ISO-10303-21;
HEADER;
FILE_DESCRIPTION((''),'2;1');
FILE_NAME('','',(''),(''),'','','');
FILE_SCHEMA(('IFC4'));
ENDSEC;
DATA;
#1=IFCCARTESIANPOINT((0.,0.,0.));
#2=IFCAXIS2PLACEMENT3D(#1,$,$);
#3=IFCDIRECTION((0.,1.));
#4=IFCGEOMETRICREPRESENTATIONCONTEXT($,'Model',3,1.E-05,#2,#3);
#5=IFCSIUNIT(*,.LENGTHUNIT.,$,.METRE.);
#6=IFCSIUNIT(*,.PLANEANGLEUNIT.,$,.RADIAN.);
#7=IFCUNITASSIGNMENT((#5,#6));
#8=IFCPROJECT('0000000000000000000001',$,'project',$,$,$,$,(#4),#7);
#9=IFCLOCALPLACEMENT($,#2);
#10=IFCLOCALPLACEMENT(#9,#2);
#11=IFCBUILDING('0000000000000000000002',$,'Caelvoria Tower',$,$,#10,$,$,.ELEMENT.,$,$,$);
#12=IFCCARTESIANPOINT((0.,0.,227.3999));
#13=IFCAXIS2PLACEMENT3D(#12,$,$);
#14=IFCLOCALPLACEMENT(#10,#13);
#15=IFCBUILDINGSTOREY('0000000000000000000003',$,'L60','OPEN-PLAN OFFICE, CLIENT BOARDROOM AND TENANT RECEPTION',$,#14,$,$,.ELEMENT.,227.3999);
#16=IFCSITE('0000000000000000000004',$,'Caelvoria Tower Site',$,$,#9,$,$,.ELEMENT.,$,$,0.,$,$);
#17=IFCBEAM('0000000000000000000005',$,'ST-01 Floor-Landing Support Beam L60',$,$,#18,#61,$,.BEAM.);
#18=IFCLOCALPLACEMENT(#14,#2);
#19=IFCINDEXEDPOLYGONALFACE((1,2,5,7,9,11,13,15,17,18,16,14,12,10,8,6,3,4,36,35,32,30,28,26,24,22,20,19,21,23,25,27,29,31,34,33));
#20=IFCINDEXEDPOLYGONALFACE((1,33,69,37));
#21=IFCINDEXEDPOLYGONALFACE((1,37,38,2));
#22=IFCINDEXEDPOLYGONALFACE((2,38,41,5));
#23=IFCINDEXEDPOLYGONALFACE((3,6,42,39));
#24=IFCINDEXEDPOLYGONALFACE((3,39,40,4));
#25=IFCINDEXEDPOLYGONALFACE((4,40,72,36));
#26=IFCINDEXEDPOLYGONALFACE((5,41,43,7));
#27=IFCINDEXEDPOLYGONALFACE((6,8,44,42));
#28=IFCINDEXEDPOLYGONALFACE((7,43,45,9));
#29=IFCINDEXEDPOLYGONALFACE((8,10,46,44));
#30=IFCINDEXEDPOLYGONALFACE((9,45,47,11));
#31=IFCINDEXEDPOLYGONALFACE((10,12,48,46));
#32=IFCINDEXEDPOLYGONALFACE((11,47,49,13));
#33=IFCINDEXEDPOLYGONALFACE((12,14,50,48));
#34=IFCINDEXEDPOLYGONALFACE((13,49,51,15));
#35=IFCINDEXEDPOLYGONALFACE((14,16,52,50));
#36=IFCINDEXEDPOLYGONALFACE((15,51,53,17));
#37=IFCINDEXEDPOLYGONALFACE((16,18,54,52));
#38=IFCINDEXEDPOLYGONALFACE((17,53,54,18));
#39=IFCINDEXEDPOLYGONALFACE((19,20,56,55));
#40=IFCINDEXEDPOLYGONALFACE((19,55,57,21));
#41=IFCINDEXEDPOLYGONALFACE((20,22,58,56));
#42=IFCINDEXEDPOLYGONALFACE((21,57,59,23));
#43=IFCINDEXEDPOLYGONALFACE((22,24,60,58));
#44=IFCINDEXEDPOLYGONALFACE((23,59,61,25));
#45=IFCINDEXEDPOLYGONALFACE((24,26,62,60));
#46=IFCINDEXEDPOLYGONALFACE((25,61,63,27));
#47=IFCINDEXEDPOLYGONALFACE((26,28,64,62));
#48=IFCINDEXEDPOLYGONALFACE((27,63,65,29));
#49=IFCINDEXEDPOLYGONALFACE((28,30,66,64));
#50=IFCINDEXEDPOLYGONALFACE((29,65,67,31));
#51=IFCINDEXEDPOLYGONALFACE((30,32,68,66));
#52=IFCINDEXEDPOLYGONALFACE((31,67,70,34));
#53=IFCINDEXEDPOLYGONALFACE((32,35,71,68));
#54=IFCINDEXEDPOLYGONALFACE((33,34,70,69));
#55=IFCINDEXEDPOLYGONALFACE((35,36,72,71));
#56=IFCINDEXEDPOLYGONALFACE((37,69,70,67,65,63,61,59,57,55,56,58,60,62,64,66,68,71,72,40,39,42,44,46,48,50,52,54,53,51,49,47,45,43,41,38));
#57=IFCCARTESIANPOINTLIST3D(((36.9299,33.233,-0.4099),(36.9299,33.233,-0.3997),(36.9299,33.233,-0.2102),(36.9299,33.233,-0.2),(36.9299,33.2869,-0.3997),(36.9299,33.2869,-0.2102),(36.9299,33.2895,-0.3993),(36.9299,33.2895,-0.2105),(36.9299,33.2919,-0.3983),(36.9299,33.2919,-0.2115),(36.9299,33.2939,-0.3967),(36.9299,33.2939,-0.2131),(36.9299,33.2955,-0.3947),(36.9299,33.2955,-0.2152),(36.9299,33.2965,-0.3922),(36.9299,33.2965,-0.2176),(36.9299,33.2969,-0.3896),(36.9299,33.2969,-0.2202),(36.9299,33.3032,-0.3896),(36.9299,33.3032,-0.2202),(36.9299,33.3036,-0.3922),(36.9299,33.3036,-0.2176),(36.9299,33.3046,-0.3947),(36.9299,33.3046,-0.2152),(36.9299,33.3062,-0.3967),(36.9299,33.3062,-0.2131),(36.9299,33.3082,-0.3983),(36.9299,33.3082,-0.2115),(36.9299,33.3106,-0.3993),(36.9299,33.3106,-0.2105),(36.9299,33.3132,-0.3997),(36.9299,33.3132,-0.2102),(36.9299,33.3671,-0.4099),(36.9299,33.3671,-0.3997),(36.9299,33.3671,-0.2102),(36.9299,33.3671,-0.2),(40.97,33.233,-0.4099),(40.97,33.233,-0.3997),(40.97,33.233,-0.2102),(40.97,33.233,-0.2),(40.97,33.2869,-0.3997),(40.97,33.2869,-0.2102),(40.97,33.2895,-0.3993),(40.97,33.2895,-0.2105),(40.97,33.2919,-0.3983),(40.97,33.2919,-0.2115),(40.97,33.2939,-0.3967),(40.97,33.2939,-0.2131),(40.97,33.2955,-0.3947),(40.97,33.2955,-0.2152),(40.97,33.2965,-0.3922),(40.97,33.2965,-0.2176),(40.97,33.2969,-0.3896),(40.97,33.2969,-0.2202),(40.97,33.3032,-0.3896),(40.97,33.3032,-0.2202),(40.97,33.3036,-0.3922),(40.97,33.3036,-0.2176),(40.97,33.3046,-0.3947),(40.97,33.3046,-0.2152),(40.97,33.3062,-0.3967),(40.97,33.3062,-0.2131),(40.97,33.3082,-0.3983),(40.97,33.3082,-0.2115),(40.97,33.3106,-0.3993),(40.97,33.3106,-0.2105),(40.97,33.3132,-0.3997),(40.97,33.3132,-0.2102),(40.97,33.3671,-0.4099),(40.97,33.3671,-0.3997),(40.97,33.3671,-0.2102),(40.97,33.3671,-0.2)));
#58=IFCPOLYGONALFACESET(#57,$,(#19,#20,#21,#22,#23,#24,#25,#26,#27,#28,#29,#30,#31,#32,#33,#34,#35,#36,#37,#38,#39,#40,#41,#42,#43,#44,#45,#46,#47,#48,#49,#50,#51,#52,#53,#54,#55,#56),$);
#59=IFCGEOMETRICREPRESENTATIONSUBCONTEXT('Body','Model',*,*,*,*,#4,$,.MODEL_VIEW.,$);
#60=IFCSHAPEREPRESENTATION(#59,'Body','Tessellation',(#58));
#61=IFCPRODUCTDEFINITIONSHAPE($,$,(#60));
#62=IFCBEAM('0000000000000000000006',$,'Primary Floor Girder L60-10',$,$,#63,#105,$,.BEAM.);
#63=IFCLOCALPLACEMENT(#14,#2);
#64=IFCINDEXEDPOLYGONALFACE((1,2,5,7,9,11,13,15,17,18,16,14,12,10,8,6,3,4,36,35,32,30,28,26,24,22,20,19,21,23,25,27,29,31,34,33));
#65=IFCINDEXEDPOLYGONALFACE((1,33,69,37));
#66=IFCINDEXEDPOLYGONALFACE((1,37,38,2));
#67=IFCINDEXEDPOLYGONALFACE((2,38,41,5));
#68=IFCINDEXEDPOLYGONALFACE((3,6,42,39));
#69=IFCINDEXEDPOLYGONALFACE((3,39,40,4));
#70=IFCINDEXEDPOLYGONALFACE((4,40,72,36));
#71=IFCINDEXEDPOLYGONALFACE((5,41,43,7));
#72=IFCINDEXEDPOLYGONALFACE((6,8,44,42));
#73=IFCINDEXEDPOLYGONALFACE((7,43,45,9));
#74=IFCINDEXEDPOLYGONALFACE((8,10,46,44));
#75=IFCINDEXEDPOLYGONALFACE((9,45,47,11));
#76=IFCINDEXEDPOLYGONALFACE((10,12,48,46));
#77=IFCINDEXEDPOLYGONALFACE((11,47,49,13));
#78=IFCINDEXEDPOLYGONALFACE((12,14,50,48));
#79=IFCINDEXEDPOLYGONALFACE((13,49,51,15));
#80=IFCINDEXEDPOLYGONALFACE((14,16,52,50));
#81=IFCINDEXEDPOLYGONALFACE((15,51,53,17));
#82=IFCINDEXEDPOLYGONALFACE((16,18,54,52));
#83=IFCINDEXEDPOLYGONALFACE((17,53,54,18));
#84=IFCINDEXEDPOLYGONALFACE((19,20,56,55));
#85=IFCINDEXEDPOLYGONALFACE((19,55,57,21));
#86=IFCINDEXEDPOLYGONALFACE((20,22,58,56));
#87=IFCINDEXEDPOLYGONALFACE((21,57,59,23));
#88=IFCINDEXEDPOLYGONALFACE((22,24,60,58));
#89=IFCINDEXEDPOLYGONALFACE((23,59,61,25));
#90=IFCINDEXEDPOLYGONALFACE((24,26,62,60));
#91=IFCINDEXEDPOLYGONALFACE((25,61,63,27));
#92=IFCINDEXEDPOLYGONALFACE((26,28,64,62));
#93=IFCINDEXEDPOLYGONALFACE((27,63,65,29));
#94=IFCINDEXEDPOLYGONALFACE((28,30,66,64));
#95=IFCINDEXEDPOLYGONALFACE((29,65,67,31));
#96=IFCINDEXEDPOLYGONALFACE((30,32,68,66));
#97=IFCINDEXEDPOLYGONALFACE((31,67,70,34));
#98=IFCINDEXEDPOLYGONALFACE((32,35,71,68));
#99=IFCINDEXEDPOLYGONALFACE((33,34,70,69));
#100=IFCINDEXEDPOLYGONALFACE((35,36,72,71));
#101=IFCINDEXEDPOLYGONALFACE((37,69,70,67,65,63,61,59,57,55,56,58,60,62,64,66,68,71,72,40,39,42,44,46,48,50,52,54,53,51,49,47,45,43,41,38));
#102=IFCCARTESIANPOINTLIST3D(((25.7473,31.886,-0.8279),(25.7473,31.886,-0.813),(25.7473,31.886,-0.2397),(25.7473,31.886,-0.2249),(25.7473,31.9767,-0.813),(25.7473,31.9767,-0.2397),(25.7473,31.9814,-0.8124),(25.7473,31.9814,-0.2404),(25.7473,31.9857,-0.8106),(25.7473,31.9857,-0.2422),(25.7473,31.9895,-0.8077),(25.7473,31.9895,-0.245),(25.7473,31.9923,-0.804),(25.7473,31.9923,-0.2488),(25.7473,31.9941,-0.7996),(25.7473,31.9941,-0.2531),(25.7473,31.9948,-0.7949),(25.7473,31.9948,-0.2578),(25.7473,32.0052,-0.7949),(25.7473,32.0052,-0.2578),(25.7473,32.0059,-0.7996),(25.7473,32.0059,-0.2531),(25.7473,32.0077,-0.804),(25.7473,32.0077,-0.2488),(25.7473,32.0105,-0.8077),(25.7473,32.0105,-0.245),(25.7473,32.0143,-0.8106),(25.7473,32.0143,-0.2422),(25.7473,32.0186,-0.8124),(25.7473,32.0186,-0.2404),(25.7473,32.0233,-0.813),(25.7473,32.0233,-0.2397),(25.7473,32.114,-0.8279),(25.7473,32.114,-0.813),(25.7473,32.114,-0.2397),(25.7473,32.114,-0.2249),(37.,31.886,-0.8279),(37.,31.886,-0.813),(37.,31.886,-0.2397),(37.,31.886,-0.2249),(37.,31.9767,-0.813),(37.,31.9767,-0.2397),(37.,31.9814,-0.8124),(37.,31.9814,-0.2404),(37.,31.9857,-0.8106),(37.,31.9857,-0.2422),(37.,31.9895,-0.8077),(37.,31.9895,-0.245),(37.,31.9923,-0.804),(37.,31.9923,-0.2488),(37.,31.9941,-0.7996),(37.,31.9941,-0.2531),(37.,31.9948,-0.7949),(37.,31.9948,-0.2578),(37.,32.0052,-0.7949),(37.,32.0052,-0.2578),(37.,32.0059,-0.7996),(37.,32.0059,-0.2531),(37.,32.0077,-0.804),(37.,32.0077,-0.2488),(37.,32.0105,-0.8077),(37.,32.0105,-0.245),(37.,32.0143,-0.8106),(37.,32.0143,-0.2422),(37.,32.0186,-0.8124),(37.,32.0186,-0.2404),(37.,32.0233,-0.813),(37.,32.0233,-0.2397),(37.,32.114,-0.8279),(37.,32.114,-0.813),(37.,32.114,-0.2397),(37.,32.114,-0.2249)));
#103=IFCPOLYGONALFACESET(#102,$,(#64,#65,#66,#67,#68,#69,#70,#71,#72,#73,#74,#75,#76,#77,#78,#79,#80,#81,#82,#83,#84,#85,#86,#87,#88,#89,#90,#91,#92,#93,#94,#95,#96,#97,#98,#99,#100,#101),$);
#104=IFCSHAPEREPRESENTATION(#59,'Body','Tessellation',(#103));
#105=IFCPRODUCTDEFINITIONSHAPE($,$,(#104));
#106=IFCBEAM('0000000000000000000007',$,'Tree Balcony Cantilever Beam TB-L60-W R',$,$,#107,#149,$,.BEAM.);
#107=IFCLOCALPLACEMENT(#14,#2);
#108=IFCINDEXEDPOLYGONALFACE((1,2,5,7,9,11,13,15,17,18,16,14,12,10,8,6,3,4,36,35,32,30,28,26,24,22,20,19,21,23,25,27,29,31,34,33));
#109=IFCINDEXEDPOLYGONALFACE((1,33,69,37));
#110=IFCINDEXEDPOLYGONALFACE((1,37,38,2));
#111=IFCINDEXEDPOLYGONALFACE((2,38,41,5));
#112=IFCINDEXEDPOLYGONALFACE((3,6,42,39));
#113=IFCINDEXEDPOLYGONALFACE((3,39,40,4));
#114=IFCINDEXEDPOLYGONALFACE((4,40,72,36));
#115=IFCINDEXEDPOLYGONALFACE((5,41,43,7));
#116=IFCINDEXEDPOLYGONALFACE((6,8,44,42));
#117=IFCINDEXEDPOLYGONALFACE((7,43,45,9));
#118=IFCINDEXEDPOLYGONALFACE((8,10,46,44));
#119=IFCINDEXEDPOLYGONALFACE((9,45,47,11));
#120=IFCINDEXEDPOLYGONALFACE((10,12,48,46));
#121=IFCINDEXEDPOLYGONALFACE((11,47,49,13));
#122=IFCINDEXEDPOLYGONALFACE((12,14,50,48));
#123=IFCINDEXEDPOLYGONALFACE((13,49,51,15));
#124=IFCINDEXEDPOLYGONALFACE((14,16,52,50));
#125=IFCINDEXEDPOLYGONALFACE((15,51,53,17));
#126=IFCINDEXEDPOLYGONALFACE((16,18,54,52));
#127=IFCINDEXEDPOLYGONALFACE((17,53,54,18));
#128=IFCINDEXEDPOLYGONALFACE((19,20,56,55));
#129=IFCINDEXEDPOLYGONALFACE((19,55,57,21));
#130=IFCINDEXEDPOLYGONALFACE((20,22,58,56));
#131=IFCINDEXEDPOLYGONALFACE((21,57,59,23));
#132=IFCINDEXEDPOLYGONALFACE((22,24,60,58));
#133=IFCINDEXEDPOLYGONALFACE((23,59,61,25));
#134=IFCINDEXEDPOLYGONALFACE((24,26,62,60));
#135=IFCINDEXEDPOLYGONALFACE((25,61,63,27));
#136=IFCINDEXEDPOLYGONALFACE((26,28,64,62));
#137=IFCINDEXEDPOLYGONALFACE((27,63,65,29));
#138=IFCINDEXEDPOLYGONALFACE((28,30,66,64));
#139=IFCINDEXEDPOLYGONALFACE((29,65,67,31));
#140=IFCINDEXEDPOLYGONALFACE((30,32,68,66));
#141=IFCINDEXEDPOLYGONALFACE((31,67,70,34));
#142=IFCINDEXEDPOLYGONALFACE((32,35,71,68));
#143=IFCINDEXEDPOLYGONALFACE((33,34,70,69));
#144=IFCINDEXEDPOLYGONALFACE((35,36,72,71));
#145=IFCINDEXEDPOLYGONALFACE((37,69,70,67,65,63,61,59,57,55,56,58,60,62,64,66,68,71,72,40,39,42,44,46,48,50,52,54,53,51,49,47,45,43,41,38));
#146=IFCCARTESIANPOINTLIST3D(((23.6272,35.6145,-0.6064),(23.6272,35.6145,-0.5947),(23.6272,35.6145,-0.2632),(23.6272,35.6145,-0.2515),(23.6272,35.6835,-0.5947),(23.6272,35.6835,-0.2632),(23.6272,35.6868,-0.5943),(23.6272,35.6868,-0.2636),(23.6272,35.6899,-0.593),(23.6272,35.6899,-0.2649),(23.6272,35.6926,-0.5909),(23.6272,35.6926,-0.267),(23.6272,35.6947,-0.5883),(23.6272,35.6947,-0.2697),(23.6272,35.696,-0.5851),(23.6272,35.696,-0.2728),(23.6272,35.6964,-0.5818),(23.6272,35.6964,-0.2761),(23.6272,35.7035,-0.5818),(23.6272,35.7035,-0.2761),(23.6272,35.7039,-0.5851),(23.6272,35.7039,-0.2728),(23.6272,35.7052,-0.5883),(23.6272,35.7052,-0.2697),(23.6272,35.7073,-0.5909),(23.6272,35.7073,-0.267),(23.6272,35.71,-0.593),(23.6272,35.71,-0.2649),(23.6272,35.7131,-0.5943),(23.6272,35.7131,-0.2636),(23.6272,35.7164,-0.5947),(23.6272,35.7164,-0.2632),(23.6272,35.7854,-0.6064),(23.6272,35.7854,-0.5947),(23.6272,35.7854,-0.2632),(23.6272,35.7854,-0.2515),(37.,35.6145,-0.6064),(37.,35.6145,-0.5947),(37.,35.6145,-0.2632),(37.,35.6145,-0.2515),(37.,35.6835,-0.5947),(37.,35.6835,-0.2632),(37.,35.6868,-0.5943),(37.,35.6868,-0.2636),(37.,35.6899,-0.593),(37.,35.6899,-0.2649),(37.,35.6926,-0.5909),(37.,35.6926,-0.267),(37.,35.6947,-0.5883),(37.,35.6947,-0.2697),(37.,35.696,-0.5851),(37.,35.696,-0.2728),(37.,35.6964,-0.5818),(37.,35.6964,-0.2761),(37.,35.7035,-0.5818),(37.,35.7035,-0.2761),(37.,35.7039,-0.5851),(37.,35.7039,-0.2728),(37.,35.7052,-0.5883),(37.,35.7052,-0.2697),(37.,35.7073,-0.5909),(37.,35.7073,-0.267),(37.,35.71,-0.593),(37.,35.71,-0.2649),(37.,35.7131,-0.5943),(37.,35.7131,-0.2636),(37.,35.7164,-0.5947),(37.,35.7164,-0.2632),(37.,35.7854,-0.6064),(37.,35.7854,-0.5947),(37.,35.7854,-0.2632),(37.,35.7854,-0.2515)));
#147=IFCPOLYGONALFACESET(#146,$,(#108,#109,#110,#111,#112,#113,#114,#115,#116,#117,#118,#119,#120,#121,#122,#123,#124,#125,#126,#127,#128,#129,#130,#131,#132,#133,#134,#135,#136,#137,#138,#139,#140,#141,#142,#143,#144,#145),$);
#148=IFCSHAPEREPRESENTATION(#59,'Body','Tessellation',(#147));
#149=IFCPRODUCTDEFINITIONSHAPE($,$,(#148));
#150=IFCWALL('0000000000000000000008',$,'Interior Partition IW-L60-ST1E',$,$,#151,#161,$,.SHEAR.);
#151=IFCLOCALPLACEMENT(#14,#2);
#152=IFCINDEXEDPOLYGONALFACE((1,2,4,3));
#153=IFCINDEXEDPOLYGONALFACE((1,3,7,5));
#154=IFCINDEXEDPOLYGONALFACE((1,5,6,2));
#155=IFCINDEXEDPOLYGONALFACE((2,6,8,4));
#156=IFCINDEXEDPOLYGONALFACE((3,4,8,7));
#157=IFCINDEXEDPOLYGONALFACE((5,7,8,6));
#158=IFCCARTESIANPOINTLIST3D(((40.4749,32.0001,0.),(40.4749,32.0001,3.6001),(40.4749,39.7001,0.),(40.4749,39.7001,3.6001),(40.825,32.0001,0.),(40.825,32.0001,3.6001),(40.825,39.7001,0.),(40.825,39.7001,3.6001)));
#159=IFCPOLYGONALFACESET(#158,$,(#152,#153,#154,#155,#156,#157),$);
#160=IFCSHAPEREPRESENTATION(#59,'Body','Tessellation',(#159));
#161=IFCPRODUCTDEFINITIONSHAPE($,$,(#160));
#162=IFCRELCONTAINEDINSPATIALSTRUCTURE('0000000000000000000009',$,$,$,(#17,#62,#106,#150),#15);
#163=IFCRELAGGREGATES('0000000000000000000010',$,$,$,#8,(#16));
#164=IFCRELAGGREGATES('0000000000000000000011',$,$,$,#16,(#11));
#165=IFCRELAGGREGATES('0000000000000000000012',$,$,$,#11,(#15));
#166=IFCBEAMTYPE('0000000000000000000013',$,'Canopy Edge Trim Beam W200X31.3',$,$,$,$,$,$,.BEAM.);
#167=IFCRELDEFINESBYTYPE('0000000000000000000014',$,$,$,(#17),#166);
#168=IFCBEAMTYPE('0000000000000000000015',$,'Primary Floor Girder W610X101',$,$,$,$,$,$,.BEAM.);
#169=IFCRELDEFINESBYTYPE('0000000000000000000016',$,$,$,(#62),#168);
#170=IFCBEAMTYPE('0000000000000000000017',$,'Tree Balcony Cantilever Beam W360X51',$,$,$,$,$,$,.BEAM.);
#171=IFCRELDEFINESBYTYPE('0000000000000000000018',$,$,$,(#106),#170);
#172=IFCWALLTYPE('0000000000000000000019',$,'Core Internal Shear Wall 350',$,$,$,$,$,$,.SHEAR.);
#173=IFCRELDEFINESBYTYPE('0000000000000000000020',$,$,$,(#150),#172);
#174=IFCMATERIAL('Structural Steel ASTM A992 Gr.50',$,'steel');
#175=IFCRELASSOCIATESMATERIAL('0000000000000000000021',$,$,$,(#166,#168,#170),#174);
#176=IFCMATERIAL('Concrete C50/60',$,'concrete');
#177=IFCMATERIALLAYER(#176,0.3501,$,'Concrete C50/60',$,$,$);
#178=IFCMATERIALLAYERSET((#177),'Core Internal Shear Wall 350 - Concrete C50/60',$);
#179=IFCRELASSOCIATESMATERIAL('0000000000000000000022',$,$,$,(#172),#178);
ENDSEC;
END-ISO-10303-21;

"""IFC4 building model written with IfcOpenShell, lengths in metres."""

from ifc_helpers import new_model, si_unit, direction, frame, frame_2d, origin, origin_2d, place, context, subcontext, project, spatial, rectangle, i_section, extrude, material, layer, layer_set, material_profile, profile_set, type_object, element, save


model = new_model("IFC4")

# Units and contexts
model_context = context("Model", 3, precision=1e-05, world=origin(), true_north=direction((0.0, 1.0)))
body_context = subcontext(model_context, "Body", "Model", "MODEL_VIEW")
ifc_project = project(units=[si_unit("LENGTHUNIT", "METRE"), si_unit("PLANEANGLEUNIT", "RADIAN")], contexts=[model_context])

# Site, building, storey
site_placement = place(None, origin())
site = spatial("IfcSite", under=ifc_project, at=site_placement, Name="Caelvoria Tower Site", CompositionType="ELEMENT", RefElevation=0.0)
building_placement = place(site_placement, origin())
building = spatial("IfcBuilding", under=site, at=building_placement, Name="Caelvoria Tower", CompositionType="ELEMENT")
storey_placement = place(building_placement, frame((0.0, 0.0, 227.3999)))
storey = spatial("IfcBuildingStorey", under=building, at=storey_placement, Name="L60", Description="OPEN-PLAN OFFICE, CLIENT BOARDROOM AND TENANT RECEPTION", CompositionType="ELEMENT", Elevation=227.3999)

# Beams
ifc_material_1 = material(Name="Structural Steel ASTM A992 Gr.50", Category="steel")
ifc_material_profile_1 = material_profile(ifc_material_1, i_section(OverallWidth=0.134, OverallDepth=0.21, WebThickness=0.0063, FlangeThickness=0.0103, FilletRadius=0.01, at=origin_2d()), Name="Structural Steel ASTM A992 Gr.50")
ifc_profile_set_1 = profile_set([ifc_material_profile_1], Name="W200X31.3 - Structural Steel ASTM A992 Gr.50")
beam_type_1 = type_object("IfcBeamType", Name="Canopy Edge Trim Beam W200X31.3", PredefinedType="BEAM", material=ifc_profile_set_1)
beam_1_placement = place(storey_placement, frame((36.9299, 33.3, -0.3049), z_axis=(1.0, 0.0, 0.0), x_axis=(0.0, 1.0, 0.0)))
element("IfcBeam", 1, at=beam_1_placement, inside=storey, type_object=beam_type_1, Name="ST-01 Floor-Landing Support Beam L60", PredefinedType="BEAM", context=body_context, shape_type="SweptSolid", body=[
    extrude(i_section(OverallWidth=0.134, OverallDepth=0.21, WebThickness=0.0063, FlangeThickness=0.0103, FilletRadius=0.01, at=origin_2d()), origin(), (0.0, 0.0, 1.0), 4.04),
])
ifc_material_profile_2 = material_profile(ifc_material_1, i_section(OverallWidth=0.228, OverallDepth=0.603, WebThickness=0.0105, FlangeThickness=0.0149, FilletRadius=0.0181, at=origin_2d()), Name="Structural Steel ASTM A992 Gr.50")
ifc_profile_set_2 = profile_set([ifc_material_profile_2], Name="W610X101 - Structural Steel ASTM A992 Gr.50")
beam_type_2 = type_object("IfcBeamType", Name="Primary Floor Girder W610X101", PredefinedType="BEAM", material=ifc_profile_set_2)
beam_2_placement = place(storey_placement, frame((37.0, 32.0, -0.5264), z_axis=(-1.0, 0.0, 0.0), x_axis=(0.0, -1.0, 0.0)))
element("IfcBeam", 2, at=beam_2_placement, inside=storey, type_object=beam_type_2, Name="Primary Floor Girder L60-10", PredefinedType="BEAM", context=body_context, shape_type="SweptSolid", body=[
    extrude(i_section(OverallWidth=0.228, OverallDepth=0.603, WebThickness=0.0105, FlangeThickness=0.0149, FilletRadius=0.0181, at=origin_2d()), origin(), (0.0, 0.0, 1.0), 11.2527),
])
ifc_material_profile_3 = material_profile(ifc_material_1, i_section(OverallWidth=0.1709, OverallDepth=0.355, WebThickness=0.0071, FlangeThickness=0.0117, FilletRadius=0.0129, at=origin_2d()), Name="Structural Steel ASTM A992 Gr.50")
ifc_profile_set_3 = profile_set([ifc_material_profile_3], Name="W360X51 - Structural Steel ASTM A992 Gr.50")
beam_type_3 = type_object("IfcBeamType", Name="Tree Balcony Cantilever Beam W360X51", PredefinedType="BEAM", material=ifc_profile_set_3)
beam_3_placement = place(storey_placement, frame((37.0, 35.7, -0.429), z_axis=(-1.0, 0.0, 0.0), x_axis=(0.0, -1.0, 0.0)))
element("IfcBeam", 3, at=beam_3_placement, inside=storey, type_object=beam_type_3, Name="Tree Balcony Cantilever Beam TB-L60-W R", PredefinedType="BEAM", context=body_context, shape_type="SweptSolid", body=[
    extrude(i_section(OverallWidth=0.1709, OverallDepth=0.355, WebThickness=0.0071, FlangeThickness=0.0117, FilletRadius=0.0129, at=origin_2d()), origin(), (0.0, 0.0, 1.0), 13.3728),
])

# Shared definitions
ifc_material_2 = material(Name="Concrete C50/60", Category="concrete")
ifc_layer_1 = layer(ifc_material_2, 0.3501, Name="Concrete C50/60")
ifc_layer_set_1 = layer_set([ifc_layer_1], Name="Core Internal Shear Wall 350 - Concrete C50/60")
wall_type_1 = type_object("IfcWallType", Name="Core Internal Shear Wall 350", PredefinedType="SHEAR", material=ifc_layer_set_1)

# Wall
wall_1_placement = place(storey_placement, frame((40.6499, 32.0, 0.0), z_axis=(0.0, 0.0, 1.0), x_axis=(0.0, 1.0, 0.0)))
element("IfcWall", 4, at=wall_1_placement, inside=storey, type_object=wall_type_1, Name="Interior Partition IW-L60-ST1E", PredefinedType="SHEAR", context=body_context, shape_type="SweptSolid", body=[
    extrude(rectangle(XDim=7.7, YDim=0.3501, at=frame_2d((3.8501, 0.0))), origin(), (0.0, 0.0, 1.0), 3.6001),
])

save(model, "model.ifc")
